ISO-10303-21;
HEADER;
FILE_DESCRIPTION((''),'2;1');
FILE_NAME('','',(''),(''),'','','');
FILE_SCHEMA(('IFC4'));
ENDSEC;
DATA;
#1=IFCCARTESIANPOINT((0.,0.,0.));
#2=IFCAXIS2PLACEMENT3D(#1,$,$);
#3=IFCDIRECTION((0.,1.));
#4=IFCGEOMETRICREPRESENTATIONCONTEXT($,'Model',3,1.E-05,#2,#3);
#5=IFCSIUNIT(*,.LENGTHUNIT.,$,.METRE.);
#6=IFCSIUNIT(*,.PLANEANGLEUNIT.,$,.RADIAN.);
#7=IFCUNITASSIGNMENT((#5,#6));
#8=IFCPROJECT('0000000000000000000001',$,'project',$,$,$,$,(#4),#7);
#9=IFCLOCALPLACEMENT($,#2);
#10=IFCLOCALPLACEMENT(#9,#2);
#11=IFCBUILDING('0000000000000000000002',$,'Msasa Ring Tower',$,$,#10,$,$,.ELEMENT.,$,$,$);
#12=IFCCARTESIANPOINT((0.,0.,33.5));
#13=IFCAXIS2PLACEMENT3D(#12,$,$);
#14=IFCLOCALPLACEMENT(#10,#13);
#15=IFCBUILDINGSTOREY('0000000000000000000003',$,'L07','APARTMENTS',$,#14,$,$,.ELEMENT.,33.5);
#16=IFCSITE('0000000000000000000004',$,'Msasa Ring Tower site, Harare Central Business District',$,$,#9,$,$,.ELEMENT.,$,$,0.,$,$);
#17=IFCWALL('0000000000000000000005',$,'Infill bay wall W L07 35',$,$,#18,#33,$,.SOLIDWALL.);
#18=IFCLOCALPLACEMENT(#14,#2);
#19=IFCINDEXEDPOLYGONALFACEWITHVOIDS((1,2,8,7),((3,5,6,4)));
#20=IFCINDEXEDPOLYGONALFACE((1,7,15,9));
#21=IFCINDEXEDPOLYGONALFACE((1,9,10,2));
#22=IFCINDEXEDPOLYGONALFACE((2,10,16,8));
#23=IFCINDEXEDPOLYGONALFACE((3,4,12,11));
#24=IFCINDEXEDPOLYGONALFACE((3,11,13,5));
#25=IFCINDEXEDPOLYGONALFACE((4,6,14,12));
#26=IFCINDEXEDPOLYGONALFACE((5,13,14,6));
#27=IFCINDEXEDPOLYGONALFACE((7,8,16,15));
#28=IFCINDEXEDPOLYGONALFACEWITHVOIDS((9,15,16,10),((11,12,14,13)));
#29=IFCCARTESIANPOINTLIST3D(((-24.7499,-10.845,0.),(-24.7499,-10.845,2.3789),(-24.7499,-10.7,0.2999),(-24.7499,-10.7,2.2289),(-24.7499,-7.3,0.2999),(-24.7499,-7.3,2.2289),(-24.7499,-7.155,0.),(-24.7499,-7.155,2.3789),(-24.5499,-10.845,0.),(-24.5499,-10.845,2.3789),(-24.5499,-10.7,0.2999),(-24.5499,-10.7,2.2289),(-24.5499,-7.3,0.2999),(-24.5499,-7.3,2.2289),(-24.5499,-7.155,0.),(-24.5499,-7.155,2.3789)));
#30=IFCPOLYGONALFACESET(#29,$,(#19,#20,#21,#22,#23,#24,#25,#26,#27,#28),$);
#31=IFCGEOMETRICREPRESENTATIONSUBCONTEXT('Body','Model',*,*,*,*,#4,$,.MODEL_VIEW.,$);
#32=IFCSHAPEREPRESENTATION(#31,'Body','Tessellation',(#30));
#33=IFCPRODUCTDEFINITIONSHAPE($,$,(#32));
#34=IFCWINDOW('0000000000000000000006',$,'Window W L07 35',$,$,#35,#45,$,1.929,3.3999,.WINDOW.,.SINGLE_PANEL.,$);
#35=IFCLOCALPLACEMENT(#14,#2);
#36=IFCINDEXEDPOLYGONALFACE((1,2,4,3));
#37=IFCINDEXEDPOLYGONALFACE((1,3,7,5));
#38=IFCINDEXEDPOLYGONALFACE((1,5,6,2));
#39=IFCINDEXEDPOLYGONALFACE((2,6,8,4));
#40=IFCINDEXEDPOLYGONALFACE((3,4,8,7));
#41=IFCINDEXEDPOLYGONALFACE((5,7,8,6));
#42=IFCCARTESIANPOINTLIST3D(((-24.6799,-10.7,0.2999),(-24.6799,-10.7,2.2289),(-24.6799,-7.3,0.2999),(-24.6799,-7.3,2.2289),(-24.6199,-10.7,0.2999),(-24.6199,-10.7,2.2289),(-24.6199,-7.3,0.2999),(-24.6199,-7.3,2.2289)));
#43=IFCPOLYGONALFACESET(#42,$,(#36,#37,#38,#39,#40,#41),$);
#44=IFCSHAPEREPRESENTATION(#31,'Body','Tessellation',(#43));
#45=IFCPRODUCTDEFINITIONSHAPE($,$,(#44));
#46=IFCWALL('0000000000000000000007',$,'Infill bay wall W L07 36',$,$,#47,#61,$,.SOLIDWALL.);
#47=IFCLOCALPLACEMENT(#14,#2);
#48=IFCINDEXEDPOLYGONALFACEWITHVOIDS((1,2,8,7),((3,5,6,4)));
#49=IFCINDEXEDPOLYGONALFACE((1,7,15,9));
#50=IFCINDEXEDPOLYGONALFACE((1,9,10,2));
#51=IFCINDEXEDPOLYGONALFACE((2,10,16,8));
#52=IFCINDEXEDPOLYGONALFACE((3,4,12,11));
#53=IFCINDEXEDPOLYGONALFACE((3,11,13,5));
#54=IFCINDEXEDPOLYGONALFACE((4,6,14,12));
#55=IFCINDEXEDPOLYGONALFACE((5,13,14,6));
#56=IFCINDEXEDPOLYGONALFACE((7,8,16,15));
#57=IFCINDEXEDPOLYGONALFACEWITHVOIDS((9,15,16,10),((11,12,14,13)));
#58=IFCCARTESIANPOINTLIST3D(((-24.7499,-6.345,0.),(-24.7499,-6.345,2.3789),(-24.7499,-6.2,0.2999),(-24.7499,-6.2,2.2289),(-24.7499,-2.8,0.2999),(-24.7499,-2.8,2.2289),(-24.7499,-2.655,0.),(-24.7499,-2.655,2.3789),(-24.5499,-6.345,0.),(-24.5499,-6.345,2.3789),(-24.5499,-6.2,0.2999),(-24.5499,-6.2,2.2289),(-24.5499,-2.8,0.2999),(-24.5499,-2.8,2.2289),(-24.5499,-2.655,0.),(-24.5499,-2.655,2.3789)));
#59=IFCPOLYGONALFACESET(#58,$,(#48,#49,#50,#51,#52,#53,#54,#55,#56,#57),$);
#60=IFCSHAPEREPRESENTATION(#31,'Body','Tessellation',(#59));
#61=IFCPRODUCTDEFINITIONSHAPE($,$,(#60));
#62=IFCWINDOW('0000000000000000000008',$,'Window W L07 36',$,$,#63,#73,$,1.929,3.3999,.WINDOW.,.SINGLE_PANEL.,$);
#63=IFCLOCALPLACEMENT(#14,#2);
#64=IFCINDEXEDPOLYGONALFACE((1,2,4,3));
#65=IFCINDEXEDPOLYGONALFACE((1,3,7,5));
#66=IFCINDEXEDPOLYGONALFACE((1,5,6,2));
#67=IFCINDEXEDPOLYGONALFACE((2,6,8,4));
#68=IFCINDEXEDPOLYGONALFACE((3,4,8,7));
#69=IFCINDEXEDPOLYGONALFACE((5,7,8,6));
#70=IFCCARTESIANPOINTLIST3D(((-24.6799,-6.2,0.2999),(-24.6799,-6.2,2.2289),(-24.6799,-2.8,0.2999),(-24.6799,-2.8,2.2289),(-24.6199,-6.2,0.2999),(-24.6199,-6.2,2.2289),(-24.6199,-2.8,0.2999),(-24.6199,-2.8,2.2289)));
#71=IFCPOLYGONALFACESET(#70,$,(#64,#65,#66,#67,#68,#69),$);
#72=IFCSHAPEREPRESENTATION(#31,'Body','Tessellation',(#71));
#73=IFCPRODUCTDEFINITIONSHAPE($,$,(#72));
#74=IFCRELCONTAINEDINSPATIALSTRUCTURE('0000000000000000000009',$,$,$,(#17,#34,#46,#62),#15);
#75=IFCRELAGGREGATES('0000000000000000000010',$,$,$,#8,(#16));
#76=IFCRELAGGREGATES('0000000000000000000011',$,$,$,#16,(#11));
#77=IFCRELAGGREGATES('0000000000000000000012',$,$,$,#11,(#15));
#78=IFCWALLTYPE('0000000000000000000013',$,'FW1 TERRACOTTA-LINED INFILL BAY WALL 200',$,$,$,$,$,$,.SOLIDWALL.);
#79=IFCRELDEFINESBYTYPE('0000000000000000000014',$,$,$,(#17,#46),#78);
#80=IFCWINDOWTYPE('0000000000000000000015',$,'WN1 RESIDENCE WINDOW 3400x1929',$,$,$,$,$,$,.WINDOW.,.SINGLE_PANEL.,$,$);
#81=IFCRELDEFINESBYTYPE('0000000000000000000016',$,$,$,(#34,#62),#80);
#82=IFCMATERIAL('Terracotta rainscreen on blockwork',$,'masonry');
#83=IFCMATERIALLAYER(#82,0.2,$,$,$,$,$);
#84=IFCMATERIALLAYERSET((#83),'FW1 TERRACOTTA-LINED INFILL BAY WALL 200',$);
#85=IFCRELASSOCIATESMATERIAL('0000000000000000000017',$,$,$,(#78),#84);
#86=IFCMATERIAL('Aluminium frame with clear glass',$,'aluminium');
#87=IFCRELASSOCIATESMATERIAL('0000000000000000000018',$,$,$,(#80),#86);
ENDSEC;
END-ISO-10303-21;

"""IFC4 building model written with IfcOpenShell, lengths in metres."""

from ifc_helpers import new_model, si_unit, direction, frame, frame_2d, origin, place, context, subcontext, project, spatial, rectangle, extrude, material, layer, layer_set, type_object, element, fill, save


model = new_model("IFC4")

# Units and contexts
model_context = context("Model", 3, precision=1e-05, world=origin(), true_north=direction((0.0, 1.0)))
body_context = subcontext(model_context, "Body", "Model", "MODEL_VIEW")
ifc_project = project(units=[si_unit("LENGTHUNIT", "METRE"), si_unit("PLANEANGLEUNIT", "RADIAN")], contexts=[model_context])

# Site, building, storey
site_placement = place(None, origin())
site = spatial("IfcSite", under=ifc_project, at=site_placement, Name="Msasa Ring Tower site, Harare Central Business District", CompositionType="ELEMENT", RefElevation=0.0)
building_placement = place(site_placement, origin())
building = spatial("IfcBuilding", under=site, at=building_placement, Name="Msasa Ring Tower", CompositionType="ELEMENT")
storey_placement = place(building_placement, frame((0.0, 0.0, 33.5)))
storey = spatial("IfcBuildingStorey", under=building, at=storey_placement, Name="L07", Description="APARTMENTS", CompositionType="ELEMENT", Elevation=33.5)

# Walls, openings, windows
ifc_material_1 = material(Name="Terracotta rainscreen on blockwork", Category="masonry")
ifc_layer = layer(ifc_material_1, 0.2)
ifc_layer_set = layer_set([ifc_layer], Name="FW1 TERRACOTTA-LINED INFILL BAY WALL 200")
wall_type = type_object("IfcWallType", Name="FW1 TERRACOTTA-LINED INFILL BAY WALL 200", PredefinedType="SOLIDWALL", material=ifc_layer_set)
wall_1_placement = place(storey_placement, frame((-24.6499, -10.845, 0.0), z_axis=(0.0, 0.0, 1.0), x_axis=(0.0, 1.0, 0.0)))
wall_1 = element("IfcWall", 1, at=wall_1_placement, inside=storey, type_object=wall_type, Name="Infill bay wall W L07 35", PredefinedType="SOLIDWALL", context=body_context, shape_type="SweptSolid", body=[
    extrude(rectangle(XDim=3.6899, YDim=0.2, at=frame_2d((1.845, 0.0))), origin(), (0.0, 0.0, 1.0), 2.3789),
])
opening_1_placement = place(wall_1_placement, frame((0.145, 0.0, 0.3)))
opening_1 = element("IfcOpeningElement", 2, at=opening_1_placement, cuts=wall_1, PredefinedType="OPENING", context=body_context, shape_type="SweptSolid", body=[
    extrude(rectangle(XDim=3.3999, YDim=1.929, at=frame_2d((1.7, 0.9644))), frame((0.0, 0.1099, 0.0), z_axis=(0.0, -1.0, 0.0), x_axis=(1.0, 0.0, 0.0)), (0.0, 0.0, 1.0), 0.22),
])
ifc_material_2 = material(Name="Aluminium frame with clear glass", Category="aluminium")
window_type = type_object("IfcWindowType", Name="WN1 RESIDENCE WINDOW 3400x1929", PartitioningType="SINGLE_PANEL", PredefinedType="WINDOW", material=ifc_material_2)
window_1_placement = place(opening_1_placement, origin())
window_1 = element("IfcWindow", 3, at=window_1_placement, inside=storey, type_object=window_type, Name="Window W L07 35", OverallHeight=1.929, OverallWidth=3.3999, PartitioningType="SINGLE_PANEL", PredefinedType="WINDOW", context=body_context, shape_type="SweptSolid", body=[
    extrude(rectangle(XDim=3.3999, YDim=1.929, at=frame_2d((1.7, 0.9644))), frame((0.0, 0.03, 0.0), z_axis=(0.0, -1.0, 0.0), x_axis=(1.0, 0.0, 0.0)), (0.0, 0.0, 1.0), 0.0601),
])
fill(opening_1, window_1)
wall_2_placement = place(storey_placement, frame((-24.6499, -6.345, 0.0), z_axis=(0.0, 0.0, 1.0), x_axis=(0.0, 1.0, 0.0)))
wall_2 = element("IfcWall", 4, at=wall_2_placement, inside=storey, type_object=wall_type, Name="Infill bay wall W L07 36", PredefinedType="SOLIDWALL", context=body_context, shape_type="SweptSolid", body=[
    extrude(rectangle(XDim=3.6899, YDim=0.2, at=frame_2d((1.845, 0.0))), origin(), (0.0, 0.0, 1.0), 2.3789),
])
opening_2_placement = place(wall_2_placement, frame((0.145, 0.0, 0.3)))
opening_2 = element("IfcOpeningElement", 5, at=opening_2_placement, cuts=wall_2, PredefinedType="OPENING", context=body_context, shape_type="SweptSolid", body=[
    extrude(rectangle(XDim=3.3999, YDim=1.929, at=frame_2d((1.7, 0.9644))), frame((0.0, 0.1099, 0.0), z_axis=(0.0, -1.0, 0.0), x_axis=(1.0, 0.0, 0.0)), (0.0, 0.0, 1.0), 0.22),
])
window_2_placement = place(opening_2_placement, origin())
window_2 = element("IfcWindow", 6, at=window_2_placement, inside=storey, type_object=window_type, Name="Window W L07 36", OverallHeight=1.929, OverallWidth=3.3999, PartitioningType="SINGLE_PANEL", PredefinedType="WINDOW", context=body_context, shape_type="SweptSolid", body=[
    extrude(rectangle(XDim=3.3999, YDim=1.929, at=frame_2d((1.7, 0.9644))), frame((0.0, 0.03, 0.0), z_axis=(0.0, -1.0, 0.0), x_axis=(1.0, 0.0, 0.0)), (0.0, 0.0, 1.0), 0.0601),
])
fill(opening_2, window_2)

save(model, "model.ifc")
